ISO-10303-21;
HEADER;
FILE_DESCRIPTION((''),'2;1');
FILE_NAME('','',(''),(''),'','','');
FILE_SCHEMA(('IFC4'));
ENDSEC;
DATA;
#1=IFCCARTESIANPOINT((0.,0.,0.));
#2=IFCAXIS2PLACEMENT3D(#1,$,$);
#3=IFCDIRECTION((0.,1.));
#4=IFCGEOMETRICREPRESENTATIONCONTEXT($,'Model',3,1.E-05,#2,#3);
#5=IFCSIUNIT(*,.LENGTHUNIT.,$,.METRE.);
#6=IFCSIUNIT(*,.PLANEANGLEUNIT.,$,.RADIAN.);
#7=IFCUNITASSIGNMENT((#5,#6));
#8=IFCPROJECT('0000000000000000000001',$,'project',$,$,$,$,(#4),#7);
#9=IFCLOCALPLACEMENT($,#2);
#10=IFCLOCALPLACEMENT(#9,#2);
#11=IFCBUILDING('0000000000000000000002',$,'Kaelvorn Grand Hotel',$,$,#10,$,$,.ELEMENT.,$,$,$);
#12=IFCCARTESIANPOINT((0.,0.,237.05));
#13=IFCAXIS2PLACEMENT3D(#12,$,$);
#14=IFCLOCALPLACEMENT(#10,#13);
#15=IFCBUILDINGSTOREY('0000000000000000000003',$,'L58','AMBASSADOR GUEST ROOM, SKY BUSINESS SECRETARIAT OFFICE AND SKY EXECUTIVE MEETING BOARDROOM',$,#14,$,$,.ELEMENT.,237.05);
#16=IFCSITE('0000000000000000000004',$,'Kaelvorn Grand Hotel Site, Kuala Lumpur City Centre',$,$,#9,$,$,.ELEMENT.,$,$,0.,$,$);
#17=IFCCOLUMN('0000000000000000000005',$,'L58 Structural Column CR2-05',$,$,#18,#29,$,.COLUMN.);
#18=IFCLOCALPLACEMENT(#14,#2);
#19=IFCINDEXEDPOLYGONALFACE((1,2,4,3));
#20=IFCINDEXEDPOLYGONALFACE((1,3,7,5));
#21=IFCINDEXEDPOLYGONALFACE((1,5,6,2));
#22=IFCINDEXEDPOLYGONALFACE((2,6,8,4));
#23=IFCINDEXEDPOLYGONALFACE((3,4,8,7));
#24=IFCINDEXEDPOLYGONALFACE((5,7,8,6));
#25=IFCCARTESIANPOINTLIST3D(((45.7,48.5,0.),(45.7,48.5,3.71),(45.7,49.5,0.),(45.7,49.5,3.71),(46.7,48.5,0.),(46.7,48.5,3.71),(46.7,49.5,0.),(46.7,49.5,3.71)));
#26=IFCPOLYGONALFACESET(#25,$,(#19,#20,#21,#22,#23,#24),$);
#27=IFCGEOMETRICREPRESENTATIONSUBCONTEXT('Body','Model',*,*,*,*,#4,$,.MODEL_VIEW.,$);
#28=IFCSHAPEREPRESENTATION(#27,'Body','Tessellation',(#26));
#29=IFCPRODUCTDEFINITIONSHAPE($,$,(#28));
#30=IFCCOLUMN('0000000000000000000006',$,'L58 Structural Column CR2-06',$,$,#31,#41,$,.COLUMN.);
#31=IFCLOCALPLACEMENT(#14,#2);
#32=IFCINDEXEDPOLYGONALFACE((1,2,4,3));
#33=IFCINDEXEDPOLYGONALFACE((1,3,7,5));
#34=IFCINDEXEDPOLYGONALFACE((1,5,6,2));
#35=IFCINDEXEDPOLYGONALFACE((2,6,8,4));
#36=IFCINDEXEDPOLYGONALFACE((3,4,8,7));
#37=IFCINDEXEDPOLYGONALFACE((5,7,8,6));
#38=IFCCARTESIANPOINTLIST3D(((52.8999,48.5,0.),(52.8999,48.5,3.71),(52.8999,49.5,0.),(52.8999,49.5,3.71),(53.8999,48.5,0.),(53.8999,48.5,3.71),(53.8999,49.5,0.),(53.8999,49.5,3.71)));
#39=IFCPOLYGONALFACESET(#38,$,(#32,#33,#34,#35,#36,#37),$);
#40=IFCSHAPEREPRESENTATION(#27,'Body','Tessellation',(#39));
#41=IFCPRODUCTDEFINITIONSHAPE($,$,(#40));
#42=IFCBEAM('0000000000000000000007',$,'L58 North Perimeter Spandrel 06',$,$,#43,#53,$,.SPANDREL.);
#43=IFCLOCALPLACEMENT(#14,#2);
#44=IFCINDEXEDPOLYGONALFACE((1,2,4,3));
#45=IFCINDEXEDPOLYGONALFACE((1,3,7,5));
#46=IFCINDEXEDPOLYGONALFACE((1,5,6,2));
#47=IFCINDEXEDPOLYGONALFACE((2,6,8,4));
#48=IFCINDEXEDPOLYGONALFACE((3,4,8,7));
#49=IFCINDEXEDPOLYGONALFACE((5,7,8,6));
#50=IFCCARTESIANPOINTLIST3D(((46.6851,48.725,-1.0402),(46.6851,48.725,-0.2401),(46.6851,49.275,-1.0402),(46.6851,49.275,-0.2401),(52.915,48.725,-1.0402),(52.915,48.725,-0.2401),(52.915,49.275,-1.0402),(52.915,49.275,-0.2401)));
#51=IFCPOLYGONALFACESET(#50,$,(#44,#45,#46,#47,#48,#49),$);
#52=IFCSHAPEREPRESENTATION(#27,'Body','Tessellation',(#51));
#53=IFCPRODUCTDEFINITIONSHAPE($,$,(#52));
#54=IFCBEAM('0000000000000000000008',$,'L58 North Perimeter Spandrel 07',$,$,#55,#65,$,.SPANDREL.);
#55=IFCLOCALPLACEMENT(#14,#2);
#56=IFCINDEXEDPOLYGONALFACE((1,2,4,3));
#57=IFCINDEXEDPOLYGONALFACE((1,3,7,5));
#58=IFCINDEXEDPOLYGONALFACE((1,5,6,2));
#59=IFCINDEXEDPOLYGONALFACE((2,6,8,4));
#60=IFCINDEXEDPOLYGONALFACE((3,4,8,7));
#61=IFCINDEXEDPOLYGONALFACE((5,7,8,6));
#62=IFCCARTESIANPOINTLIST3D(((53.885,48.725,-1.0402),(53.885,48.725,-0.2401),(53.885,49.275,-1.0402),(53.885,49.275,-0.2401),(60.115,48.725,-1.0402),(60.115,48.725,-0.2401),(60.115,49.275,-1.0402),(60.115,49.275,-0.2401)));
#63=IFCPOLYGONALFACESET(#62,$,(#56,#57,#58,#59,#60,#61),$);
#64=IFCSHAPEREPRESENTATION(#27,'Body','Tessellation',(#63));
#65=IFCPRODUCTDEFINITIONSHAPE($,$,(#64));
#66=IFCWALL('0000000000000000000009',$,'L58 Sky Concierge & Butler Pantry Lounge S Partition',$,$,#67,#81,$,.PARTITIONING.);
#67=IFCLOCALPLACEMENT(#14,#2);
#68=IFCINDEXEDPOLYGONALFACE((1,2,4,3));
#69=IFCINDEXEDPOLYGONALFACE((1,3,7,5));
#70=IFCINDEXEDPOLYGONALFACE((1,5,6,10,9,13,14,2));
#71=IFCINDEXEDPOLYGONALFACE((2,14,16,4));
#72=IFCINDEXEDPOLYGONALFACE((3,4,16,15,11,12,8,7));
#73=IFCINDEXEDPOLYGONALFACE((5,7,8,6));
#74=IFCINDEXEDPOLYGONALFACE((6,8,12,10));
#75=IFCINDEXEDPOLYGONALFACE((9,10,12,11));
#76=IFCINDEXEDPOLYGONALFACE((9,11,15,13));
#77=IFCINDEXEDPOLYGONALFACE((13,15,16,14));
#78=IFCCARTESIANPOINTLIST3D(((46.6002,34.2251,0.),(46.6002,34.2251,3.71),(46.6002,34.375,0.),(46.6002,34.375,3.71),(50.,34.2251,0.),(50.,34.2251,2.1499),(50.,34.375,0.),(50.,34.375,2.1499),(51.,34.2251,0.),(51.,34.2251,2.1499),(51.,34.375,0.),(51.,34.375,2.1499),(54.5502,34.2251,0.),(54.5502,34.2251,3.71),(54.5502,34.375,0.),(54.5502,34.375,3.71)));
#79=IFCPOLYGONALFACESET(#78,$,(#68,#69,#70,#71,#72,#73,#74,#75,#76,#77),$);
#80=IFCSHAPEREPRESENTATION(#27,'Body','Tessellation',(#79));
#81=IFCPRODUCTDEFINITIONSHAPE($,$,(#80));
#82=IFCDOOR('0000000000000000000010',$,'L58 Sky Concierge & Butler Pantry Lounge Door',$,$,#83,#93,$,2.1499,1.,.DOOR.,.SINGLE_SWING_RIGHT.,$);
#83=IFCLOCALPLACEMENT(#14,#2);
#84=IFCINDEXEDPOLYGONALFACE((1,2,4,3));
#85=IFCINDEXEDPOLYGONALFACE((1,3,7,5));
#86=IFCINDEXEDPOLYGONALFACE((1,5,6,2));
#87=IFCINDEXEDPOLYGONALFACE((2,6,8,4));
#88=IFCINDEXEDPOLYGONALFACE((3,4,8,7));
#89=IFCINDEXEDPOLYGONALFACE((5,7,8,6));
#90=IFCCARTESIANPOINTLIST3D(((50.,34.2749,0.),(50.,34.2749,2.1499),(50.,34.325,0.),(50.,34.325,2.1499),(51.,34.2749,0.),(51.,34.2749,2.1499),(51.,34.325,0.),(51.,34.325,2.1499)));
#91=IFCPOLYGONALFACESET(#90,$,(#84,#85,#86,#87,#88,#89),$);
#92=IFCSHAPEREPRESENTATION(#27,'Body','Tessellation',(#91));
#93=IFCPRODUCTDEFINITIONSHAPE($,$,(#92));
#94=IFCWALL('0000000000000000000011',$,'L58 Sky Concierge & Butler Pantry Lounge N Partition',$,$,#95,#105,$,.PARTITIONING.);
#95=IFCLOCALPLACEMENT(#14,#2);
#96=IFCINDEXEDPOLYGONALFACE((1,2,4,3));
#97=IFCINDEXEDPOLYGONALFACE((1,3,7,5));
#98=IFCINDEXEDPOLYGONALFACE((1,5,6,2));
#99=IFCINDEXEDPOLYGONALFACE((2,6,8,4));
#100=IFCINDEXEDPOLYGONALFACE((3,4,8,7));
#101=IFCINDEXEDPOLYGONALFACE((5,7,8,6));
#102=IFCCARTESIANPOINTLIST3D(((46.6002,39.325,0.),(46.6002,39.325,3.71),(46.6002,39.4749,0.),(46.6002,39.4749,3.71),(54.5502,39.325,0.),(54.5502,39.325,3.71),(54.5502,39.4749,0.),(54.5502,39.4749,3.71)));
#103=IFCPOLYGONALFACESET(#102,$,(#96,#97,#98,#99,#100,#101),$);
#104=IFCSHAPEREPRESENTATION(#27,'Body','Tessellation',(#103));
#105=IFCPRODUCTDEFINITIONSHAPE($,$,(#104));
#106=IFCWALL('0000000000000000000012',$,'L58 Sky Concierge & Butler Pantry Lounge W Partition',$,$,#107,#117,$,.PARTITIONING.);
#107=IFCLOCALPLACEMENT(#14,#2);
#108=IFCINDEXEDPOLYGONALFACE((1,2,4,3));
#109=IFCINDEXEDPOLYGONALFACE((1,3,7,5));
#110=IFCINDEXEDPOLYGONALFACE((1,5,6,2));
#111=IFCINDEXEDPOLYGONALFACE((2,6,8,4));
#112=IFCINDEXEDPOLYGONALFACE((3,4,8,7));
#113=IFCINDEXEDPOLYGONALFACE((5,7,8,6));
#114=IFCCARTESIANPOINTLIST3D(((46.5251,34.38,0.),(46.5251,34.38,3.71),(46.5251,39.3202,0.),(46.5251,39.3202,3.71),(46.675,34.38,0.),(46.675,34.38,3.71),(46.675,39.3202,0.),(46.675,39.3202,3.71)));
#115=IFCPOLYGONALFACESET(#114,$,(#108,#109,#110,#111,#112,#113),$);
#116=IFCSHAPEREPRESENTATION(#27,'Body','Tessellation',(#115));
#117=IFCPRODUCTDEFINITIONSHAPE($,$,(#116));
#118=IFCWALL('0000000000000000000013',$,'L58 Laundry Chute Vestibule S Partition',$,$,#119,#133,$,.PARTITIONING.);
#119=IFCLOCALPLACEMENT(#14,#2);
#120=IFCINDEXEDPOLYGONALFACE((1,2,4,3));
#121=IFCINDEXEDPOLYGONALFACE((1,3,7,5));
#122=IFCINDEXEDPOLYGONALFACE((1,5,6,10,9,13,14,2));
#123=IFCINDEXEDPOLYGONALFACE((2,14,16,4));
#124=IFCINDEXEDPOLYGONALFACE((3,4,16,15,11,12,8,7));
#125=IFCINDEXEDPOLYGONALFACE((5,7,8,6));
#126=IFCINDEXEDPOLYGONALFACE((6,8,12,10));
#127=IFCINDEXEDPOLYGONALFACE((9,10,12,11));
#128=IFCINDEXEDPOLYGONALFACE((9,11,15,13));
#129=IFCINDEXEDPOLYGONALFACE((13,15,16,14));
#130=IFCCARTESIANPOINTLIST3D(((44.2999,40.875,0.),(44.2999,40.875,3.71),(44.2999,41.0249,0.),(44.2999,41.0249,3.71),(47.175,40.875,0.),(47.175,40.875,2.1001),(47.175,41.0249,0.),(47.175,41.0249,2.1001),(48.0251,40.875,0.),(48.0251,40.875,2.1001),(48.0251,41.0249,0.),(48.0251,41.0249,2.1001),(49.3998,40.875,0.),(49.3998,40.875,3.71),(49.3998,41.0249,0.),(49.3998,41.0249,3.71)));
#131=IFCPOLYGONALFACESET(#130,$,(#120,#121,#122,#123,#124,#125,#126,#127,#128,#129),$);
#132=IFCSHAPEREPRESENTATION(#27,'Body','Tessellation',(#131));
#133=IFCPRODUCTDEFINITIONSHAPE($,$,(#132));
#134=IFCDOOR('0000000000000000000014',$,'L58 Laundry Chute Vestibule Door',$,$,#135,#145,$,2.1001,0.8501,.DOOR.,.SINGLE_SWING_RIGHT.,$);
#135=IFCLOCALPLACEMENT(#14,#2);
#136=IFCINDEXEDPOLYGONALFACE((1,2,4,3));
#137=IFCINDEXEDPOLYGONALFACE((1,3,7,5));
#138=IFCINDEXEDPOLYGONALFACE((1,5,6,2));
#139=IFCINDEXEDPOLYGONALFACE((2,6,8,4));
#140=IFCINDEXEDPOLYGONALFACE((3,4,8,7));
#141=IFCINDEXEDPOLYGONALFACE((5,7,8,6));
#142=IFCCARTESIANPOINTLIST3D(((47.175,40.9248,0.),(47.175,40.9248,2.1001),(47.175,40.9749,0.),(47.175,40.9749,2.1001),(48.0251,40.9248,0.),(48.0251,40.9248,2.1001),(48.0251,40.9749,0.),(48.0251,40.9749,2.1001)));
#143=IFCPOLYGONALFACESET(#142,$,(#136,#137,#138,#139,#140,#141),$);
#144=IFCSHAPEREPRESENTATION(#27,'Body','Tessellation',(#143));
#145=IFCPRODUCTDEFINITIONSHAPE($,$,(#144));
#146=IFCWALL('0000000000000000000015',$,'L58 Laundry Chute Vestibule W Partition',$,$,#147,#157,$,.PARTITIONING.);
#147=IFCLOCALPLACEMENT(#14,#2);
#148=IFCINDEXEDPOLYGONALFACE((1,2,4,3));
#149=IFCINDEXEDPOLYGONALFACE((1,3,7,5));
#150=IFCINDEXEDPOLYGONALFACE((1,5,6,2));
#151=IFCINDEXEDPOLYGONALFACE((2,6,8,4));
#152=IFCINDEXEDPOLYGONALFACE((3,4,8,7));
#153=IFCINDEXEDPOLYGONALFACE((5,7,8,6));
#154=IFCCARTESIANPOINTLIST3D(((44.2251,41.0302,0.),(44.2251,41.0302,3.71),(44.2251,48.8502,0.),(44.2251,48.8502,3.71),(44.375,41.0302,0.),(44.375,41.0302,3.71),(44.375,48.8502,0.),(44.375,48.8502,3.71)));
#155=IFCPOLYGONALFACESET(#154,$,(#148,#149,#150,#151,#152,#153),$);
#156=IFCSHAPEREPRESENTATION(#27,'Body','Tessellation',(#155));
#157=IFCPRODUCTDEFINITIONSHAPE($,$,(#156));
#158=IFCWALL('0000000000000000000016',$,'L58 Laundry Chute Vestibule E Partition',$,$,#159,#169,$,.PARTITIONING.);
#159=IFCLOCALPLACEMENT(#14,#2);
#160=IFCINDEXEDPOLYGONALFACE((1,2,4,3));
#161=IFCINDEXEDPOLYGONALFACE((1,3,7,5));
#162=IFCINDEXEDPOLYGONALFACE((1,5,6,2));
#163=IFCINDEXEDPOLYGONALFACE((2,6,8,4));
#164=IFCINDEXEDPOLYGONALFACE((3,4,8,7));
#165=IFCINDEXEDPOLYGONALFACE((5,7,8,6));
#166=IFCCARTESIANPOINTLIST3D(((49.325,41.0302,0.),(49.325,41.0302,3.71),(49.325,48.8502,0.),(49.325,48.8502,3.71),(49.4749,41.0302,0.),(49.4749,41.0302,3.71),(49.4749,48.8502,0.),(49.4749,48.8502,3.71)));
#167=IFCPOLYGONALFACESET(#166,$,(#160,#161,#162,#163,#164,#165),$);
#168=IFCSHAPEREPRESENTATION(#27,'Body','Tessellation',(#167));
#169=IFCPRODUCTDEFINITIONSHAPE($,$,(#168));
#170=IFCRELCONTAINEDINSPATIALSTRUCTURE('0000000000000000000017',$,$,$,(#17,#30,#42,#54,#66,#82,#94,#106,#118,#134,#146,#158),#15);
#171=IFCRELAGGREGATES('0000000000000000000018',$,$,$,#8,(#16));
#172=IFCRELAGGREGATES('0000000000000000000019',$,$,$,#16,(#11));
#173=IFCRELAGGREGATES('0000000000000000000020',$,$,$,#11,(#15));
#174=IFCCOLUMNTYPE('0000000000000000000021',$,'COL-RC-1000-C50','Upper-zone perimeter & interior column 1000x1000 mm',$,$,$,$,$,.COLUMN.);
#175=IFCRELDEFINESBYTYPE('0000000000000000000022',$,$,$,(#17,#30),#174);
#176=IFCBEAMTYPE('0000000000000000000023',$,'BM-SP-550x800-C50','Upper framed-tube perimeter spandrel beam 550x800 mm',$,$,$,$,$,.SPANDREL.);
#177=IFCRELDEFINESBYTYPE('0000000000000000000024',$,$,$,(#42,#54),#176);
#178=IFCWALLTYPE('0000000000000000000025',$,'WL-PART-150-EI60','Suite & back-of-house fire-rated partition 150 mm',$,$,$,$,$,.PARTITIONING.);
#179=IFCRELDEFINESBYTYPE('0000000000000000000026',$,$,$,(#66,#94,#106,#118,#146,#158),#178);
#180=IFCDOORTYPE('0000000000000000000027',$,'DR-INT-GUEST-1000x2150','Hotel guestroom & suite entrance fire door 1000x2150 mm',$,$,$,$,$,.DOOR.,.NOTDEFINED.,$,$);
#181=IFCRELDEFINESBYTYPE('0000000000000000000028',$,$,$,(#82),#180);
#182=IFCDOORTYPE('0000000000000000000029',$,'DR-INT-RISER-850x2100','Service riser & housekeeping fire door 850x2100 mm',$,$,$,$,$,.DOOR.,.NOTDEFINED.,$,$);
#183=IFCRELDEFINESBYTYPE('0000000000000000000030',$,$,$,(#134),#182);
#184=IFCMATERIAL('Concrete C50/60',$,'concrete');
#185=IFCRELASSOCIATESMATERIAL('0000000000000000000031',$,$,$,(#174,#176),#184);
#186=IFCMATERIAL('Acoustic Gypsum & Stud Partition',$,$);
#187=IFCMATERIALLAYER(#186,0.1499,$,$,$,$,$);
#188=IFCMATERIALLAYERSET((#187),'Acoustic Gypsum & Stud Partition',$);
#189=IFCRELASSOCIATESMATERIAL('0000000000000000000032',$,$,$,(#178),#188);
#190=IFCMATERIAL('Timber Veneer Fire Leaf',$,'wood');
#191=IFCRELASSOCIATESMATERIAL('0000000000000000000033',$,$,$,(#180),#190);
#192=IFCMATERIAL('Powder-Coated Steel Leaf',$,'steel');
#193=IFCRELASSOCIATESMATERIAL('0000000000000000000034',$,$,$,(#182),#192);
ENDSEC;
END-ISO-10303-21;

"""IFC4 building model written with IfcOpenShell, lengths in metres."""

from ifc_helpers import new_model, si_unit, direction, frame, frame_2d, origin, origin_2d, place, context, subcontext, project, spatial, rectangle, extrude, material, layer, layer_set, material_profile, profile_set, type_object, element, fill, save


model = new_model("IFC4")

# Units and contexts
model_context = context("Model", 3, precision=1e-05, world=origin(), true_north=direction((0.0, 1.0)))
body_context = subcontext(model_context, "Body", "Model", "MODEL_VIEW")
ifc_project = project(units=[si_unit("LENGTHUNIT", "METRE"), si_unit("PLANEANGLEUNIT", "RADIAN")], contexts=[model_context])

# Site, building, storey
site_placement = place(None, origin())
site = spatial("IfcSite", under=ifc_project, at=site_placement, Name="Kaelvorn Grand Hotel Site, Kuala Lumpur City Centre", CompositionType="ELEMENT", RefElevation=0.0)
building_placement = place(site_placement, origin())
building = spatial("IfcBuilding", under=site, at=building_placement, Name="Kaelvorn Grand Hotel", CompositionType="ELEMENT")
storey_placement = place(building_placement, frame((0.0, 0.0, 237.05)))
storey = spatial("IfcBuildingStorey", under=building, at=storey_placement, Name="L58", Description="AMBASSADOR GUEST ROOM, SKY BUSINESS SECRETARIAT OFFICE AND SKY EXECUTIVE MEETING BOARDROOM", CompositionType="ELEMENT", Elevation=237.05)

# Columns
ifc_material_1 = material(Name="Concrete C50/60", Category="concrete")
ifc_material_profile_1 = material_profile(ifc_material_1, rectangle(XDim=1.0, YDim=1.0, at=origin_2d()), Name="RC COL 1000x1000")
ifc_profile_set_1 = profile_set([ifc_material_profile_1], Name="Concrete C50/60")
column_type = type_object("IfcColumnType", Name="COL-RC-1000-C50", Description="Upper-zone perimeter & interior column 1000x1000 mm", PredefinedType="COLUMN", material=ifc_profile_set_1)
for number, where, z_axis, x_axis, name in (
    (1, (46.2, 49.0, 0.0), (0.0, 0.0, 1.0), (1.0, 0.0, 0.0), "L58 Structural Column CR2-05"),
    (2, (53.3999, 49.0, 0.0), (0.0, 0.0, 1.0), (1.0, 0.0, 0.0), "L58 Structural Column CR2-06"),
):
    element("IfcColumn", number, at=place(storey_placement, frame(where, z_axis=z_axis, x_axis=x_axis)), inside=storey, type_object=column_type, Name=name, PredefinedType="COLUMN", context=body_context, shape_type="SweptSolid", body=[
        extrude(rectangle(XDim=1.0, YDim=1.0, at=origin_2d()), origin(), (0.0, 0.0, 1.0), 3.71),
    ])

# Beams
ifc_material_profile_2 = material_profile(ifc_material_1, rectangle(XDim=0.55, YDim=0.8, at=origin_2d()), Name="RC SPANDREL 550x800")
ifc_profile_set_2 = profile_set([ifc_material_profile_2], Name="Concrete C50/60")
beam_type = type_object("IfcBeamType", Name="BM-SP-550x800-C50", Description="Upper framed-tube perimeter spandrel beam 550x800 mm", PredefinedType="SPANDREL", material=ifc_profile_set_2)
for number, where, z_axis, x_axis, name in (
    (3, (46.6851, 49.0, -0.6401), (1.0, 0.0, 0.0), (0.0, 1.0, 0.0), "L58 North Perimeter Spandrel 06"),
    (4, (53.885, 49.0, -0.6401), (1.0, 0.0, 0.0), (0.0, 1.0, 0.0), "L58 North Perimeter Spandrel 07"),
):
    element("IfcBeam", number, at=place(storey_placement, frame(where, z_axis=z_axis, x_axis=x_axis)), inside=storey, type_object=beam_type, Name=name, PredefinedType="SPANDREL", context=body_context, shape_type="SweptSolid", body=[
        extrude(rectangle(XDim=0.55, YDim=0.8, at=origin_2d()), origin(), (0.0, 0.0, 1.0), 6.23),
    ])

# Wall, opening, door
ifc_material_2 = material(Name="Acoustic Gypsum & Stud Partition")
ifc_layer_1 = layer(ifc_material_2, 0.1499)
ifc_layer_set_1 = layer_set([ifc_layer_1], Name="Acoustic Gypsum & Stud Partition")
wall_type_1 = type_object("IfcWallType", Name="WL-PART-150-EI60", Description="Suite & back-of-house fire-rated partition 150 mm", PredefinedType="PARTITIONING", material=ifc_layer_set_1)
wall_1_placement = place(storey_placement, frame((46.6001, 34.3, 0.0), z_axis=(0.0, 0.0, 1.0), x_axis=(1.0, 0.0, 0.0)))
wall_1 = element("IfcWall", 5, at=wall_1_placement, inside=storey, type_object=wall_type_1, Name="L58 Sky Concierge & Butler Pantry Lounge S Partition", PredefinedType="PARTITIONING", context=body_context, shape_type="SweptSolid", body=[
    extrude(rectangle(XDim=7.95, YDim=0.1499, at=frame_2d((3.9751, 0.0))), origin(), (0.0, 0.0, 1.0), 3.71),
])
opening_1_placement = place(wall_1_placement, frame((3.3999, 0.0, 0.0)))
opening_1 = element("IfcOpeningElement", 6, at=opening_1_placement, cuts=wall_1, PredefinedType="OPENING", context=body_context, shape_type="SweptSolid", body=[
    extrude(rectangle(XDim=1.0, YDim=2.1499, at=frame_2d((0.5, 1.075))), frame((0.0, 0.085, 0.0), z_axis=(0.0, -1.0, 0.0), x_axis=(1.0, 0.0, 0.0)), (0.0, 0.0, 1.0), 0.1699),
])
ifc_material_3 = material(Name="Timber Veneer Fire Leaf", Category="wood")
door_type_1 = type_object("IfcDoorType", Name="DR-INT-GUEST-1000x2150", Description="Hotel guestroom & suite entrance fire door 1000x2150 mm", OperationType="NOTDEFINED", PredefinedType="DOOR", material=ifc_material_3)
door_1_placement = place(opening_1_placement, origin())
door_1 = element("IfcDoor", 7, at=door_1_placement, inside=storey, type_object=door_type_1, Name="L58 Sky Concierge & Butler Pantry Lounge Door", OperationType="SINGLE_SWING_RIGHT", OverallHeight=2.1499, OverallWidth=1.0, PredefinedType="DOOR", context=body_context, shape_type="SweptSolid", body=[
    extrude(rectangle(XDim=1.0, YDim=2.1499, at=frame_2d((0.5, 1.075))), frame((0.0, 0.0249, 0.0), z_axis=(0.0, -1.0, 0.0), x_axis=(1.0, 0.0, 0.0)), (0.0, 0.0, 1.0), 0.05),
])
fill(opening_1, door_1)

# Walls
wall_2_placement = place(storey_placement, frame((46.6001, 39.3999, 0.0), z_axis=(0.0, 0.0, 1.0), x_axis=(1.0, 0.0, 0.0)))
element("IfcWall", 8, at=wall_2_placement, inside=storey, type_object=wall_type_1, Name="L58 Sky Concierge & Butler Pantry Lounge N Partition", PredefinedType="PARTITIONING", context=body_context, shape_type="SweptSolid", body=[
    extrude(rectangle(XDim=7.95, YDim=0.1499, at=frame_2d((3.9751, 0.0))), origin(), (0.0, 0.0, 1.0), 3.71),
])
wall_3_placement = place(storey_placement, frame((46.6001, 34.3799, 0.0), z_axis=(0.0, 0.0, 1.0), x_axis=(0.0, 1.0, 0.0)))
element("IfcWall", 9, at=wall_3_placement, inside=storey, type_object=wall_type_1, Name="L58 Sky Concierge & Butler Pantry Lounge W Partition", PredefinedType="PARTITIONING", context=body_context, shape_type="SweptSolid", body=[
    extrude(rectangle(XDim=4.9402, YDim=0.1499, at=frame_2d((2.4702, 0.0))), origin(), (0.0, 0.0, 1.0), 3.71),
])

# Wall, opening, door
wall_4_placement = place(storey_placement, frame((44.3, 40.95, 0.0), z_axis=(0.0, 0.0, 1.0), x_axis=(1.0, 0.0, 0.0)))
wall_4 = element("IfcWall", 10, at=wall_4_placement, inside=storey, type_object=wall_type_1, Name="L58 Laundry Chute Vestibule S Partition", PredefinedType="PARTITIONING", context=body_context, shape_type="SweptSolid", body=[
    extrude(rectangle(XDim=5.0999, YDim=0.1499, at=frame_2d((2.5498, 0.0))), origin(), (0.0, 0.0, 1.0), 3.71),
])
opening_2_placement = place(wall_4_placement, frame((2.875, 0.0, 0.0)))
opening_2 = element("IfcOpeningElement", 11, at=opening_2_placement, cuts=wall_4, PredefinedType="OPENING", context=body_context, shape_type="SweptSolid", body=[
    extrude(rectangle(XDim=0.8501, YDim=2.1001, at=frame_2d((0.425, 1.05))), frame((0.0, 0.085, 0.0), z_axis=(0.0, -1.0, 0.0), x_axis=(1.0, 0.0, 0.0)), (0.0, 0.0, 1.0), 0.1699),
])
ifc_material_4 = material(Name="Powder-Coated Steel Leaf", Category="steel")
door_type_2 = type_object("IfcDoorType", Name="DR-INT-RISER-850x2100", Description="Service riser & housekeeping fire door 850x2100 mm", OperationType="NOTDEFINED", PredefinedType="DOOR", material=ifc_material_4)
door_2_placement = place(opening_2_placement, origin())
door_2 = element("IfcDoor", 12, at=door_2_placement, inside=storey, type_object=door_type_2, Name="L58 Laundry Chute Vestibule Door", OperationType="SINGLE_SWING_RIGHT", OverallHeight=2.1001, OverallWidth=0.8501, PredefinedType="DOOR", context=body_context, shape_type="SweptSolid", body=[
    extrude(rectangle(XDim=0.8501, YDim=2.1001, at=frame_2d((0.425, 1.05))), frame((0.0, 0.0249, 0.0), z_axis=(0.0, -1.0, 0.0), x_axis=(1.0, 0.0, 0.0)), (0.0, 0.0, 1.0), 0.05),
])
fill(opening_2, door_2)

# Walls
for number, where, z_axis, x_axis, name in (
    (13, (44.3, 41.03, 0.0), (0.0, 0.0, 1.0), (0.0, 1.0, 0.0), "L58 Laundry Chute Vestibule W Partition"),
    (14, (49.3999, 41.03, 0.0), (0.0, 0.0, 1.0), (0.0, 1.0, 0.0), "L58 Laundry Chute Vestibule E Partition"),
):
    element("IfcWall", number, at=place(storey_placement, frame(where, z_axis=z_axis, x_axis=x_axis)), inside=storey, type_object=wall_type_1, Name=name, PredefinedType="PARTITIONING", context=body_context, shape_type="SweptSolid", body=[
        extrude(rectangle(XDim=7.8201, YDim=0.1499, at=frame_2d((3.9102, 0.0))), origin(), (0.0, 0.0, 1.0), 3.71),
    ])

save(model, "model.ifc")
